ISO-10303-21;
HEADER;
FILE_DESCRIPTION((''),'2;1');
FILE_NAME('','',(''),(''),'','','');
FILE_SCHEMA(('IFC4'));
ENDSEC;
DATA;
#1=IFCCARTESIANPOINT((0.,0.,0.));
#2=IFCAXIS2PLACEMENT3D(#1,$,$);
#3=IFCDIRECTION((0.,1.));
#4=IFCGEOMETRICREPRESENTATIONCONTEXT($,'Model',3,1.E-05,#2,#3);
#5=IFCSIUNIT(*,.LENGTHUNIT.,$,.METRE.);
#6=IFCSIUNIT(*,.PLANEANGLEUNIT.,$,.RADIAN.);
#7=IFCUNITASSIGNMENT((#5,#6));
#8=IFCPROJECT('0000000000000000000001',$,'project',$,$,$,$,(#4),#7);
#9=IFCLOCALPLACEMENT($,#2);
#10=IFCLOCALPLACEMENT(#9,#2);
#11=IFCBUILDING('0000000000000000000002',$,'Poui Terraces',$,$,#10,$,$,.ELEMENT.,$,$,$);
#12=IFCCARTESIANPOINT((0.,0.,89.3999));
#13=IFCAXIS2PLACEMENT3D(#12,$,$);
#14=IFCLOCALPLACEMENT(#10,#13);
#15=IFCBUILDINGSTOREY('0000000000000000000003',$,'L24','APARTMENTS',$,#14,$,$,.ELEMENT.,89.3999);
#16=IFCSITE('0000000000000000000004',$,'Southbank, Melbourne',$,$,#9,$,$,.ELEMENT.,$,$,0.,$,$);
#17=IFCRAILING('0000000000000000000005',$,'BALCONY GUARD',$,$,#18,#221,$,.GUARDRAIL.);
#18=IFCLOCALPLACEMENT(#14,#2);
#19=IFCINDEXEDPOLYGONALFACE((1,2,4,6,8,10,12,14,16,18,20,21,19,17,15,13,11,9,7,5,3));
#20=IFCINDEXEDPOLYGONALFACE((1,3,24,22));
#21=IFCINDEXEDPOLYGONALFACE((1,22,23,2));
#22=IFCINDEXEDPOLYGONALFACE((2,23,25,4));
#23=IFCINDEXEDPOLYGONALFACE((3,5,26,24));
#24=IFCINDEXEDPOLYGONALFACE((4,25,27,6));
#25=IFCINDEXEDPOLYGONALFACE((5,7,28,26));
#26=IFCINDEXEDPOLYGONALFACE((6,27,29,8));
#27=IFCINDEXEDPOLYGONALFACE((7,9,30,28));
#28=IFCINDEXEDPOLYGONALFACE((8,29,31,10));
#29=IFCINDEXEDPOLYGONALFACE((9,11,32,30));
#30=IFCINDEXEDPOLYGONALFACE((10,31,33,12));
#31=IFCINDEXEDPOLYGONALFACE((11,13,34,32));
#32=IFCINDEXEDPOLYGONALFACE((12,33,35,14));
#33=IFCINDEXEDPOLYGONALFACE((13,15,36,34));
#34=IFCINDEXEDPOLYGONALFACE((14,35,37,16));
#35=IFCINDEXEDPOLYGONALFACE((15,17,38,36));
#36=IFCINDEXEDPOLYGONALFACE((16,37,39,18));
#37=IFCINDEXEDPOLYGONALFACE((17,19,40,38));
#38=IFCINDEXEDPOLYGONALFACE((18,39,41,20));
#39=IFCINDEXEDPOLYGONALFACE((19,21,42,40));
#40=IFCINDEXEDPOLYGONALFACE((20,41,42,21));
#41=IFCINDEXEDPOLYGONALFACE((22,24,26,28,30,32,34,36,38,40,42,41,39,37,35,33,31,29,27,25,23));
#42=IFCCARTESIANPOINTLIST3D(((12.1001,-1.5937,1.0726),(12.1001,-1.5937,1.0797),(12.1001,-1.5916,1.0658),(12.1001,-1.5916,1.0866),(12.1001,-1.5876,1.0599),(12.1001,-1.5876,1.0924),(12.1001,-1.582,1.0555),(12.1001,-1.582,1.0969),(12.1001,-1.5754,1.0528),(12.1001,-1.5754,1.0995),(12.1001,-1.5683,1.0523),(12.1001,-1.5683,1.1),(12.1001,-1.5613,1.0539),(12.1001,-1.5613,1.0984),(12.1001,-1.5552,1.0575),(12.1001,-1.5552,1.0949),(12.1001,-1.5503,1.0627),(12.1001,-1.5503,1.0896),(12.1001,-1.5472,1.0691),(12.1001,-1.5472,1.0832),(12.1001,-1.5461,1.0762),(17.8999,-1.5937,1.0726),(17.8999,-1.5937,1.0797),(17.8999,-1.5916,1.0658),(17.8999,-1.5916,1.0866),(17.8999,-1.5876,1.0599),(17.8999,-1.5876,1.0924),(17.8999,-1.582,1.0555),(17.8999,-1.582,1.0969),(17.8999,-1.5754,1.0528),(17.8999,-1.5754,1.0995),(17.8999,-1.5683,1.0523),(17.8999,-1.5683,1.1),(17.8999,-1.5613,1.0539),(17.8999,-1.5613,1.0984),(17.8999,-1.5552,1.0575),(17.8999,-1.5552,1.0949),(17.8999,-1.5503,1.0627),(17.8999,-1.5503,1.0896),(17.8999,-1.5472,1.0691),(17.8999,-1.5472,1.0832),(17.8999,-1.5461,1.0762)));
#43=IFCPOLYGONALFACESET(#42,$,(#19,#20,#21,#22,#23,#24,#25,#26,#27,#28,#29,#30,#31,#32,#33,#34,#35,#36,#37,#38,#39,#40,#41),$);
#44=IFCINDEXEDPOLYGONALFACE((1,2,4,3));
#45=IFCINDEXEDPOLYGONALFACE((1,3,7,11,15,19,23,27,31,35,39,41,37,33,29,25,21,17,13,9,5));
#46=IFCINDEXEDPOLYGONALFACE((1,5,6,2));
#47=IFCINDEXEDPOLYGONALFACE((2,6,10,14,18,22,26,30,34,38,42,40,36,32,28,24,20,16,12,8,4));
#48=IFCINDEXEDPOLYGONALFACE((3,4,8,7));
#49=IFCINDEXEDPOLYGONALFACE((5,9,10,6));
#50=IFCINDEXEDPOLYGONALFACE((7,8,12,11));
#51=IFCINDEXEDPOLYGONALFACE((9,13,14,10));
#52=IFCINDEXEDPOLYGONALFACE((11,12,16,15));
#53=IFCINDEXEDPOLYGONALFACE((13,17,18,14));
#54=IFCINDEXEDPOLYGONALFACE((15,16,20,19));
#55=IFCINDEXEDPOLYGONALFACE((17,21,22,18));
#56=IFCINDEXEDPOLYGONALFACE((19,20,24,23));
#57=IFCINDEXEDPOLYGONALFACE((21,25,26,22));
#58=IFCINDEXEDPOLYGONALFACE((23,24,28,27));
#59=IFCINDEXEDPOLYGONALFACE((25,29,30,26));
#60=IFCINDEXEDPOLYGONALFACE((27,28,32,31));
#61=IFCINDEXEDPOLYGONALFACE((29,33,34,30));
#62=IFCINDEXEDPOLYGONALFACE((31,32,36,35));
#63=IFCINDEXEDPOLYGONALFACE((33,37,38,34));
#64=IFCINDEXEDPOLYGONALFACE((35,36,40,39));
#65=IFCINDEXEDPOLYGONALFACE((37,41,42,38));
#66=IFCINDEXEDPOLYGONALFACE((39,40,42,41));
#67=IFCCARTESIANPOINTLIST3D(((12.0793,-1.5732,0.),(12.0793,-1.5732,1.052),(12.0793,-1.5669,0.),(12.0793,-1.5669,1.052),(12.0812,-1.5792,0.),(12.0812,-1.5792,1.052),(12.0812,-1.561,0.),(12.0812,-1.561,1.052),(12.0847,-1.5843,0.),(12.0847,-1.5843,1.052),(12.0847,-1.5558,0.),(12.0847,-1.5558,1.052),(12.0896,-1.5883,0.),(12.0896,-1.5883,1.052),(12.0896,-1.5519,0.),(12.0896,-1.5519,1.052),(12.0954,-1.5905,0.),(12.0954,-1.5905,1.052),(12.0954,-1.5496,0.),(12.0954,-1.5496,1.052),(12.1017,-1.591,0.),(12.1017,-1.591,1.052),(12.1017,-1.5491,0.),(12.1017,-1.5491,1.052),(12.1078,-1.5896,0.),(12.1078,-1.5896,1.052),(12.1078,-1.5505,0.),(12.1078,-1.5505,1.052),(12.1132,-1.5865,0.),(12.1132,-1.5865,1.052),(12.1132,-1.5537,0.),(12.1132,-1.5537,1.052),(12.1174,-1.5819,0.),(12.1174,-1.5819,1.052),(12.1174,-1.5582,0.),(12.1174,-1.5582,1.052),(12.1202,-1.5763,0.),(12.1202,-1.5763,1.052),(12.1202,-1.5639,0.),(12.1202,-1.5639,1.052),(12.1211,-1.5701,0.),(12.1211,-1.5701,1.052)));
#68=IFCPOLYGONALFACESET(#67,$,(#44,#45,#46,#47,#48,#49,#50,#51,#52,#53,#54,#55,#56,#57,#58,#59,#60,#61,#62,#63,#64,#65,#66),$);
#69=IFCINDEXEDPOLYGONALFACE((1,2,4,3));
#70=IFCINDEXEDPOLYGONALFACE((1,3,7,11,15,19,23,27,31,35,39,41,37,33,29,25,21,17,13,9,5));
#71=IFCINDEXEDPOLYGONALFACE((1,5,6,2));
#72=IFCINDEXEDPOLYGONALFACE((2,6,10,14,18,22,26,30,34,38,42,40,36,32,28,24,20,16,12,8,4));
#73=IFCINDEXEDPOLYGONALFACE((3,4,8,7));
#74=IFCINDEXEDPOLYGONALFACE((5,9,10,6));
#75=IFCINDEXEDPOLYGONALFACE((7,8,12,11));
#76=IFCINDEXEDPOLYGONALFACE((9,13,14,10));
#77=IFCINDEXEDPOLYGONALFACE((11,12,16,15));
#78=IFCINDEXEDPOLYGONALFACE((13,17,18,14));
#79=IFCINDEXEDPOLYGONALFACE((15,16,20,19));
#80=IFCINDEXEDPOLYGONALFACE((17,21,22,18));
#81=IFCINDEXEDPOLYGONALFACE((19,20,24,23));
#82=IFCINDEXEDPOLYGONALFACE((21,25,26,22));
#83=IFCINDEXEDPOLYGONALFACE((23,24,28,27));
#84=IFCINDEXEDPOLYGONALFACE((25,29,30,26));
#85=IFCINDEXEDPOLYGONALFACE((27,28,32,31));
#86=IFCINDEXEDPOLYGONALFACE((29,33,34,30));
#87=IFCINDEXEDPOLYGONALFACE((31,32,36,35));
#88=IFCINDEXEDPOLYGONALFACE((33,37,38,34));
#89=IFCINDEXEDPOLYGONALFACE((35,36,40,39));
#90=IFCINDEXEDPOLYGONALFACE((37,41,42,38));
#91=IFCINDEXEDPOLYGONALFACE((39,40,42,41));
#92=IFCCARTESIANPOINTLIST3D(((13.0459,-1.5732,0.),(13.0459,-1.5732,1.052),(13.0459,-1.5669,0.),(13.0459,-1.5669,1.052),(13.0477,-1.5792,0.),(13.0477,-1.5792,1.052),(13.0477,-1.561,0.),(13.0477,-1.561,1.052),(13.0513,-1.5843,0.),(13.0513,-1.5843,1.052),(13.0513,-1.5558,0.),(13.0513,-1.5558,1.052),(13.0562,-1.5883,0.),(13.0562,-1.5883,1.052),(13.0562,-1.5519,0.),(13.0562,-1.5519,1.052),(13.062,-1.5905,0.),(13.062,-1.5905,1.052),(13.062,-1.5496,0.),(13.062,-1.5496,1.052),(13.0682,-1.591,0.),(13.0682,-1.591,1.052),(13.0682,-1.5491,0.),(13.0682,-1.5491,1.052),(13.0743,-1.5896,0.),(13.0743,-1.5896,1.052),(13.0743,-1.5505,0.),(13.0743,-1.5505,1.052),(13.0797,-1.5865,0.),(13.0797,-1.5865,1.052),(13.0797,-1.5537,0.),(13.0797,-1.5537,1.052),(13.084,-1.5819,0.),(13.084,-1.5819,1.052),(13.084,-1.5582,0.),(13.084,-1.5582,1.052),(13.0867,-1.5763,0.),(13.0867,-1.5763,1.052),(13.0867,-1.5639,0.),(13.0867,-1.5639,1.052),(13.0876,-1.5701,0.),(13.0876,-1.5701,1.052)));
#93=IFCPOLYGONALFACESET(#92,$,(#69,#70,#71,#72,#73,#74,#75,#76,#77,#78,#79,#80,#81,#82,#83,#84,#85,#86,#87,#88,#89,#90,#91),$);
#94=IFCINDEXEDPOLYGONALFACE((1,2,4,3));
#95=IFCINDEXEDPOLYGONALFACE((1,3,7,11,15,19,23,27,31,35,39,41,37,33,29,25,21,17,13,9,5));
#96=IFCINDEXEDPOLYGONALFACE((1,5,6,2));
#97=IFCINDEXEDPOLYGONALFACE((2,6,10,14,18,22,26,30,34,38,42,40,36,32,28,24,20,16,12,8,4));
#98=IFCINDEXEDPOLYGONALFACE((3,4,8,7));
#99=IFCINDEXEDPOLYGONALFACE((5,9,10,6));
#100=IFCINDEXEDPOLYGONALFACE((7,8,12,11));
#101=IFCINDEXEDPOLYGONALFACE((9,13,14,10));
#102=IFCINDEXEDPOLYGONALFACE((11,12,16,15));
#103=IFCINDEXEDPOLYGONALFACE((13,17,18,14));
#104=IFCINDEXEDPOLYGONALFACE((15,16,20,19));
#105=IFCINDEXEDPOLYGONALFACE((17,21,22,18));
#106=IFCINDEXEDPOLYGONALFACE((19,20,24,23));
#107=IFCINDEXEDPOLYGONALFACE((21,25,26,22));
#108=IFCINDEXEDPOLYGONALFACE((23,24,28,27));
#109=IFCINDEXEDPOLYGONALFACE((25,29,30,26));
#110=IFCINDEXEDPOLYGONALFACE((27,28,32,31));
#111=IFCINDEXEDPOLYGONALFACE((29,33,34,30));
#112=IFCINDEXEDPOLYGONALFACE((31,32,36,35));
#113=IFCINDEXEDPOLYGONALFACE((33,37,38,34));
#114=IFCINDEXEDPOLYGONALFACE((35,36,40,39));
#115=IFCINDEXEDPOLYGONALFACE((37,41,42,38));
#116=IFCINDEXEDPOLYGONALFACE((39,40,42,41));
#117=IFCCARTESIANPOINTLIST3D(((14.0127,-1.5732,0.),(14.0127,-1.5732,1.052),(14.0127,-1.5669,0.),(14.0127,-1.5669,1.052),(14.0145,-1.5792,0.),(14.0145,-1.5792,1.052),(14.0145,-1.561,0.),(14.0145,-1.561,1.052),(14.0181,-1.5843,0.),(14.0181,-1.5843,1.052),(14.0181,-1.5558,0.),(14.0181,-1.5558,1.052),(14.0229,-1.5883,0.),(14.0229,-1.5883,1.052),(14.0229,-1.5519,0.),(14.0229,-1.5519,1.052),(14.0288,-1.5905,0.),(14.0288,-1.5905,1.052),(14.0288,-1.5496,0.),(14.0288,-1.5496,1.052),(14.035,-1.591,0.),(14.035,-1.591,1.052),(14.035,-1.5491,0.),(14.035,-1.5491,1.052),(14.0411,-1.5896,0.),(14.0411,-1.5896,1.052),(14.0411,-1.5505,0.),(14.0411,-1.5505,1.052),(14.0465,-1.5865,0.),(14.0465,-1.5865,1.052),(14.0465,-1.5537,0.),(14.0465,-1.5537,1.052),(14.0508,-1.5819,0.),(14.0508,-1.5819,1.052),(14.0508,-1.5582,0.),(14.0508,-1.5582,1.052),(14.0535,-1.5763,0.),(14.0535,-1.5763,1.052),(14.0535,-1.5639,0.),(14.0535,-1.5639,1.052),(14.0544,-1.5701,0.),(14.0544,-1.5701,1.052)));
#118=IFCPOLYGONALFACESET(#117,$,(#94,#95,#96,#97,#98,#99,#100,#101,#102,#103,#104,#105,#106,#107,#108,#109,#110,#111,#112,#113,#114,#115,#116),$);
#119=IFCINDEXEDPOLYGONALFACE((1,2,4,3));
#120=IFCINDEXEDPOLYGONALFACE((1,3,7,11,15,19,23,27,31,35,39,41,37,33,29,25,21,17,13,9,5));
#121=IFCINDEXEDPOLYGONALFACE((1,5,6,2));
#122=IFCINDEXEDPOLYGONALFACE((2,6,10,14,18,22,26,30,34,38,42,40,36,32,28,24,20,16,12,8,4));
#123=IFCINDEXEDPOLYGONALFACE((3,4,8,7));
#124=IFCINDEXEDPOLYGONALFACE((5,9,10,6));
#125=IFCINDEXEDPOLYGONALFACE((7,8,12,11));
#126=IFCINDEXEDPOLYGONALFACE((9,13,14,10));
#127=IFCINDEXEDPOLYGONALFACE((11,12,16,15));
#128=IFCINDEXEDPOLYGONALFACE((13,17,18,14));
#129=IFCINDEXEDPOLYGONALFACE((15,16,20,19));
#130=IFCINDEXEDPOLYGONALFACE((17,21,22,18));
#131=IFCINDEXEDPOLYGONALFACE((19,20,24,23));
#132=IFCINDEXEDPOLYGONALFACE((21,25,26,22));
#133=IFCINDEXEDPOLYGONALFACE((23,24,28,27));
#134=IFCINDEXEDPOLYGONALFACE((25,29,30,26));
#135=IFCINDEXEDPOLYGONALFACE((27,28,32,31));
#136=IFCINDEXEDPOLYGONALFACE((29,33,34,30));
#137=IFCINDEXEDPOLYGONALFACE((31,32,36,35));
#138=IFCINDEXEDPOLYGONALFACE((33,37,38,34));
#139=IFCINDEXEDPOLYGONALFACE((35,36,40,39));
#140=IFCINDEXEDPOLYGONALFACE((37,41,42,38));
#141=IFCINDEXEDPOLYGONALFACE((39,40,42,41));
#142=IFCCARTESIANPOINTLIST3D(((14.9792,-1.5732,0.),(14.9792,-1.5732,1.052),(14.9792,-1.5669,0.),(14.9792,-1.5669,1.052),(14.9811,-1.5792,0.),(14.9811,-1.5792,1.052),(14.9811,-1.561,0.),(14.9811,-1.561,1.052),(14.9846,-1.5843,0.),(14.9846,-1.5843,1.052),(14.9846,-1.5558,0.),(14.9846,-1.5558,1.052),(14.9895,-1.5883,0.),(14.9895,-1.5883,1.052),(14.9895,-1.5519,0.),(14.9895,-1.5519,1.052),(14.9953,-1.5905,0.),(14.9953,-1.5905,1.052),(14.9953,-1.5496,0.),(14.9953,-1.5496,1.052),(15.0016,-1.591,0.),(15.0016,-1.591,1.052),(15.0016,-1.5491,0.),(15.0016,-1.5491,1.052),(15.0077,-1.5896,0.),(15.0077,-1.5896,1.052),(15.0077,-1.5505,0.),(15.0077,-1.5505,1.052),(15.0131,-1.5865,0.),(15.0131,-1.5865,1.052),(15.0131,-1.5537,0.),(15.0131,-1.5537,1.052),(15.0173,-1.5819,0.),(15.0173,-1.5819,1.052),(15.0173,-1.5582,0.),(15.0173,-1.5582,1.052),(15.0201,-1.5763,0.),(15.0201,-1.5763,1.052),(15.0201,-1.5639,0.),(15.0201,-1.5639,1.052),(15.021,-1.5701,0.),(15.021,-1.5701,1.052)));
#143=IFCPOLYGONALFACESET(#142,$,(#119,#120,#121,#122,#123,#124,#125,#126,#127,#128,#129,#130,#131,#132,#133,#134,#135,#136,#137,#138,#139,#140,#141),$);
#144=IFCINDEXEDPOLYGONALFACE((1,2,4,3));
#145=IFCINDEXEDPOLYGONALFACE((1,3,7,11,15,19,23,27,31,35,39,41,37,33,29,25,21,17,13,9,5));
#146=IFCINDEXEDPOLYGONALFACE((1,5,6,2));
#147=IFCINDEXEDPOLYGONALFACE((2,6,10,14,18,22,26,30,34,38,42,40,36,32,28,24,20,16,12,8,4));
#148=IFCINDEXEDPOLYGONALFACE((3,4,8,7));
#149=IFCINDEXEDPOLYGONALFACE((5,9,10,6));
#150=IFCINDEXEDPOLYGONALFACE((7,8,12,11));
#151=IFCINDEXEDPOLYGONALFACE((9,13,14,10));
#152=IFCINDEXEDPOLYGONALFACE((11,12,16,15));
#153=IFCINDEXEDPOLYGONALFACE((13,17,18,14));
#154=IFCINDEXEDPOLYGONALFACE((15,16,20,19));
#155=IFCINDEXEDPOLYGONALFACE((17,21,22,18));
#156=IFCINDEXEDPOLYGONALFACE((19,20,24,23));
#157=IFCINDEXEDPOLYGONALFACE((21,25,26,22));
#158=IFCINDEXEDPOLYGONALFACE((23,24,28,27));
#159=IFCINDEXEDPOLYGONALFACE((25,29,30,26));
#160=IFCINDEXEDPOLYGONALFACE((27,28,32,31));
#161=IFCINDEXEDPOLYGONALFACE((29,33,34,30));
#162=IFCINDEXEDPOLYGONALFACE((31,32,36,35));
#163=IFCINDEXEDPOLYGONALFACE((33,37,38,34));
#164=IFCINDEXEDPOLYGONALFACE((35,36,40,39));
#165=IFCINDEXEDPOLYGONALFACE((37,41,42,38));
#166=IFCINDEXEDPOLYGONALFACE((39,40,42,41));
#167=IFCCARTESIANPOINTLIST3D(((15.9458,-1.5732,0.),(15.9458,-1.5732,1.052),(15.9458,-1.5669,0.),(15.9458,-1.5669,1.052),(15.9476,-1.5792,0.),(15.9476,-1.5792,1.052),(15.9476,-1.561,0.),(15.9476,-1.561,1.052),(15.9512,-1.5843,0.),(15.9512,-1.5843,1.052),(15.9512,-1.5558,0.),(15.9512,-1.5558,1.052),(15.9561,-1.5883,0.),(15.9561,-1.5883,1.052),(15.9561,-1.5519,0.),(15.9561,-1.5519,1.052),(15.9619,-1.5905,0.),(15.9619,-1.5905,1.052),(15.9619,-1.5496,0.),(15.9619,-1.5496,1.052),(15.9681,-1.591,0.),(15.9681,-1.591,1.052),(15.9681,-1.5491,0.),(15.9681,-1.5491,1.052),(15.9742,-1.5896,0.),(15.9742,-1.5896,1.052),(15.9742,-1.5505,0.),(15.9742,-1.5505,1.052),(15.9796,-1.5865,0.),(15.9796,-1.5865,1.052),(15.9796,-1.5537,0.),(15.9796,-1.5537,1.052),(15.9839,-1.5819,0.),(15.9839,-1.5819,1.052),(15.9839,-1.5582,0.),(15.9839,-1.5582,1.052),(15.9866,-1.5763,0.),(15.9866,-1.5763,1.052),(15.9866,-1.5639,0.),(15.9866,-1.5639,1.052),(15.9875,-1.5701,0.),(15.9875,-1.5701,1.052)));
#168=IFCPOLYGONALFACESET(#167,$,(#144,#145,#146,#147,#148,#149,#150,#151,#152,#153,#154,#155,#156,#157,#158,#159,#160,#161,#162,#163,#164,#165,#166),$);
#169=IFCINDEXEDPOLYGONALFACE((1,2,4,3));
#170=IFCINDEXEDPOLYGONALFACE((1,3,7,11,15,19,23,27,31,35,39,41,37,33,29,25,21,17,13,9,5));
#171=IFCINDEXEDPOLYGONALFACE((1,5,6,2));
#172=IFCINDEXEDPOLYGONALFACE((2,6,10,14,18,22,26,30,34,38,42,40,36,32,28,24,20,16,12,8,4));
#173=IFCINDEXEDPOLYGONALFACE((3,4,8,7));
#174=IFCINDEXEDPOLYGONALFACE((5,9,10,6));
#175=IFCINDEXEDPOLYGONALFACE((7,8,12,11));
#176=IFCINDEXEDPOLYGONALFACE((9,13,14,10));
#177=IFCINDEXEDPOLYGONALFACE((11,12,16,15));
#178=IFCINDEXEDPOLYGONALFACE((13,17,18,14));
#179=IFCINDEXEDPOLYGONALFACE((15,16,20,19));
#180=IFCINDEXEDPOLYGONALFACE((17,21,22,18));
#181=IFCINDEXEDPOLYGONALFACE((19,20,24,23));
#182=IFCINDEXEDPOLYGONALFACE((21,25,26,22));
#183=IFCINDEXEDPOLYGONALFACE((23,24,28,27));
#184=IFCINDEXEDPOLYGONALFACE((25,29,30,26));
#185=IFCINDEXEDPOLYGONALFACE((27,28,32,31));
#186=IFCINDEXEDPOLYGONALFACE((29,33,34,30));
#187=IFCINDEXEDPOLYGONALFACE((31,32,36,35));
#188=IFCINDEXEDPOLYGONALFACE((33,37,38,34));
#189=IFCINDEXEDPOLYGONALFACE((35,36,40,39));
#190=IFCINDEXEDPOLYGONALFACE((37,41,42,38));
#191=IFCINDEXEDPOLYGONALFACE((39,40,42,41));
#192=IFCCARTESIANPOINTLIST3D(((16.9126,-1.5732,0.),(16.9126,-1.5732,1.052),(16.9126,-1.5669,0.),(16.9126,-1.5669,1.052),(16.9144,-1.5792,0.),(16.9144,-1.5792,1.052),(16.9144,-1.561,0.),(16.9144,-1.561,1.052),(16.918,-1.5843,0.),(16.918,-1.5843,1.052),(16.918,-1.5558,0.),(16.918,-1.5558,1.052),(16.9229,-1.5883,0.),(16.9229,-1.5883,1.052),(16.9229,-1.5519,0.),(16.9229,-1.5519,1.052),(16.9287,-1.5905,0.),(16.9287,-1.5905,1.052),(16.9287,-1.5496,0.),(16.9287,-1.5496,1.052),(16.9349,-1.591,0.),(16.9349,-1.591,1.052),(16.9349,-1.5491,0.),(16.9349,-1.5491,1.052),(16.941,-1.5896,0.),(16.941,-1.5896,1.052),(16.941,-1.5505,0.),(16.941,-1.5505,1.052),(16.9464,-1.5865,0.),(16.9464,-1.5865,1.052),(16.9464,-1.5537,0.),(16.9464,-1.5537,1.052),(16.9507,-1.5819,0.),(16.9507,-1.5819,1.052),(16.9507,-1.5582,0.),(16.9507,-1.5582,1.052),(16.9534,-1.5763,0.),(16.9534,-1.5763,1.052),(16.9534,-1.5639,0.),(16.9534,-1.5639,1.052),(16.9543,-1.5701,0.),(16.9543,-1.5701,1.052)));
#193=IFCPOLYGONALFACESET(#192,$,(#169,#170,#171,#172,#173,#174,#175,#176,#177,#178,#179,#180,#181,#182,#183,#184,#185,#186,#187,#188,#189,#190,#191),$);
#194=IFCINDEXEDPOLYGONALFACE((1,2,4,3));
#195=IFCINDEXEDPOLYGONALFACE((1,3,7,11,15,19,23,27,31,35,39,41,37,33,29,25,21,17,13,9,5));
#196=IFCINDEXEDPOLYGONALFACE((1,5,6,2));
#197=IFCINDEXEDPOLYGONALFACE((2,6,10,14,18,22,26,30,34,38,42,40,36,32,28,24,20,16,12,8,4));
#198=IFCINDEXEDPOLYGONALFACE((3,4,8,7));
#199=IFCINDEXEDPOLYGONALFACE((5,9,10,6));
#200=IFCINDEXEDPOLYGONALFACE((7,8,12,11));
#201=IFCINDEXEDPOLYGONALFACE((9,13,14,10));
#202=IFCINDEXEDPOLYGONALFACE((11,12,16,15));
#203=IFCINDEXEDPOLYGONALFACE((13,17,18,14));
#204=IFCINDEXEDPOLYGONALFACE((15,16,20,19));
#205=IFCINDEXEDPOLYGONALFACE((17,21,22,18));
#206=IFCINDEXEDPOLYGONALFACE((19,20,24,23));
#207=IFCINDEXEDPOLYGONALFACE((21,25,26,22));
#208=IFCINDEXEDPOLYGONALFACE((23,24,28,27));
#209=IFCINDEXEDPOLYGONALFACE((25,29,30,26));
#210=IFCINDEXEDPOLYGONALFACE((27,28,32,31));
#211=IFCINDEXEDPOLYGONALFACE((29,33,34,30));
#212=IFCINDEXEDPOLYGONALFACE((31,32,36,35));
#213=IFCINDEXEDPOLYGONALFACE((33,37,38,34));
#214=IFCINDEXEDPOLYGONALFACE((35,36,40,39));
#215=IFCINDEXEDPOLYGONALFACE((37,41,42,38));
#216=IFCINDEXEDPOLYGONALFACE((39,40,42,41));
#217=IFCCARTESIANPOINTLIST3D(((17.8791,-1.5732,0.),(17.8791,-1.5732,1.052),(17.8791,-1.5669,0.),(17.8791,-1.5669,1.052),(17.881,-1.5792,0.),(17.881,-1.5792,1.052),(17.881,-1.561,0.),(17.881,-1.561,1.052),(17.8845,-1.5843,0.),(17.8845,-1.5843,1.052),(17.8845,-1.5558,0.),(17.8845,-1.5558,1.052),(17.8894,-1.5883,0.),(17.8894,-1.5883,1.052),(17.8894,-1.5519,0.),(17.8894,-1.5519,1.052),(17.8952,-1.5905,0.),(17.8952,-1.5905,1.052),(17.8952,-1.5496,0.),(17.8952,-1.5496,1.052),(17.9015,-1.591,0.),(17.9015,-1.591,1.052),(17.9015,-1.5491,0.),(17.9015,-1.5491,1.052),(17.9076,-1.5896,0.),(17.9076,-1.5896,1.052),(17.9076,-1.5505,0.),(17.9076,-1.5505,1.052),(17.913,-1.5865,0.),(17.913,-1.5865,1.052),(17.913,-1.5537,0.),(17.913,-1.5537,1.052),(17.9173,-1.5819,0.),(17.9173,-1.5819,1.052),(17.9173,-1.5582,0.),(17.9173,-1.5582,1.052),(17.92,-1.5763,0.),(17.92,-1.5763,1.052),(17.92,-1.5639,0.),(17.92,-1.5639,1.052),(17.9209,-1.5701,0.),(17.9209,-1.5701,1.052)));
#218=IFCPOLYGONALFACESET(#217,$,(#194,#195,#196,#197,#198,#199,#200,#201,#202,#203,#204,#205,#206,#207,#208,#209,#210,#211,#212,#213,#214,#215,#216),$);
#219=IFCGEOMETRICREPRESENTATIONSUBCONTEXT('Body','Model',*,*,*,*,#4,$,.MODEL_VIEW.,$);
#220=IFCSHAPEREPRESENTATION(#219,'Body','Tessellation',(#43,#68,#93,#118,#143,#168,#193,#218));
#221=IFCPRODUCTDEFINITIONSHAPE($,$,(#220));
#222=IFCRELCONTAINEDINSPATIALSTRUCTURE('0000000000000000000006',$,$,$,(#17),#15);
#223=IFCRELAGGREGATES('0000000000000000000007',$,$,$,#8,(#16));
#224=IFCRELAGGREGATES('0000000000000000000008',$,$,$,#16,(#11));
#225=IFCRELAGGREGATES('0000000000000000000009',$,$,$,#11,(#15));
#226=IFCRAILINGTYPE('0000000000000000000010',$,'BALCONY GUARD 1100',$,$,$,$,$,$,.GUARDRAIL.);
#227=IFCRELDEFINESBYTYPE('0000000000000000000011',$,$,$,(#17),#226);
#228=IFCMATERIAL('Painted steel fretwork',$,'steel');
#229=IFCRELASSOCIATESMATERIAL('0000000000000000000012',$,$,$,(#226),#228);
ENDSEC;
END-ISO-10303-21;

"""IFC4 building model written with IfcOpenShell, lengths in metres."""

from ifc_helpers import new_model, si_unit, direction, frame, origin, origin_2d, place, context, subcontext, project, spatial, circle, extrude, material, type_object, element, save


model = new_model("IFC4")

# Units and contexts
model_context = context("Model", 3, precision=1e-05, world=origin(), true_north=direction((0.0, 1.0)))
body_context = subcontext(model_context, "Body", "Model", "MODEL_VIEW")
ifc_project = project(units=[si_unit("LENGTHUNIT", "METRE"), si_unit("PLANEANGLEUNIT", "RADIAN")], contexts=[model_context])

# Site, building, storey
site_placement = place(None, origin())
site = spatial("IfcSite", under=ifc_project, at=site_placement, Name="Southbank, Melbourne", CompositionType="ELEMENT", RefElevation=0.0)
building_placement = place(site_placement, origin())
building = spatial("IfcBuilding", under=site, at=building_placement, Name="Poui Terraces", CompositionType="ELEMENT")
storey_placement = place(building_placement, frame((0.0, 0.0, 89.3999)))
storey = spatial("IfcBuildingStorey", under=building, at=storey_placement, Name="L24", Description="APARTMENTS", CompositionType="ELEMENT", Elevation=89.3999)

# Railing
ifc_material_1 = material(Name="Painted steel fretwork", Category="steel")
railing_type = type_object("IfcRailingType", Name="BALCONY GUARD 1100", PredefinedType="GUARDRAIL", material=ifc_material_1)
railing_placement = place(storey_placement, frame((12.1001, -1.5701, 0.0)))
element("IfcRailing", 1, at=railing_placement, inside=storey, type_object=railing_type, Name="BALCONY GUARD", PredefinedType="GUARDRAIL", context=body_context, shape_type="SweptSolid", body=[
    extrude(circle(Radius=0.0239, at=origin_2d()), frame((0.0, 0.0, 1.0762), z_axis=(1.0, 0.0, 0.0), x_axis=(0.0, 1.0, 0.0)), (0.0, 0.0, 1.0), 5.7998),
    extrude(circle(Radius=0.021, at=origin_2d()), origin(), (0.0, 0.0, 1.0), 1.052),
    extrude(circle(Radius=0.021, at=origin_2d()), frame((0.9666, 0.0, 0.0)), (0.0, 0.0, 1.0), 1.052),
    extrude(circle(Radius=0.021, at=origin_2d()), frame((1.9333, 0.0, 0.0)), (0.0, 0.0, 1.0), 1.052),
    extrude(circle(Radius=0.021, at=origin_2d()), frame((2.8999, 0.0, 0.0)), (0.0, 0.0, 1.0), 1.052),
    extrude(circle(Radius=0.021, at=origin_2d()), frame((3.8665, 0.0, 0.0)), (0.0, 0.0, 1.0), 1.052),
    extrude(circle(Radius=0.021, at=origin_2d()), frame((4.8333, 0.0, 0.0)), (0.0, 0.0, 1.0), 1.052),
    extrude(circle(Radius=0.021, at=origin_2d()), frame((5.7998, 0.0, 0.0)), (0.0, 0.0, 1.0), 1.052),
])

save(model, "model.ifc")
